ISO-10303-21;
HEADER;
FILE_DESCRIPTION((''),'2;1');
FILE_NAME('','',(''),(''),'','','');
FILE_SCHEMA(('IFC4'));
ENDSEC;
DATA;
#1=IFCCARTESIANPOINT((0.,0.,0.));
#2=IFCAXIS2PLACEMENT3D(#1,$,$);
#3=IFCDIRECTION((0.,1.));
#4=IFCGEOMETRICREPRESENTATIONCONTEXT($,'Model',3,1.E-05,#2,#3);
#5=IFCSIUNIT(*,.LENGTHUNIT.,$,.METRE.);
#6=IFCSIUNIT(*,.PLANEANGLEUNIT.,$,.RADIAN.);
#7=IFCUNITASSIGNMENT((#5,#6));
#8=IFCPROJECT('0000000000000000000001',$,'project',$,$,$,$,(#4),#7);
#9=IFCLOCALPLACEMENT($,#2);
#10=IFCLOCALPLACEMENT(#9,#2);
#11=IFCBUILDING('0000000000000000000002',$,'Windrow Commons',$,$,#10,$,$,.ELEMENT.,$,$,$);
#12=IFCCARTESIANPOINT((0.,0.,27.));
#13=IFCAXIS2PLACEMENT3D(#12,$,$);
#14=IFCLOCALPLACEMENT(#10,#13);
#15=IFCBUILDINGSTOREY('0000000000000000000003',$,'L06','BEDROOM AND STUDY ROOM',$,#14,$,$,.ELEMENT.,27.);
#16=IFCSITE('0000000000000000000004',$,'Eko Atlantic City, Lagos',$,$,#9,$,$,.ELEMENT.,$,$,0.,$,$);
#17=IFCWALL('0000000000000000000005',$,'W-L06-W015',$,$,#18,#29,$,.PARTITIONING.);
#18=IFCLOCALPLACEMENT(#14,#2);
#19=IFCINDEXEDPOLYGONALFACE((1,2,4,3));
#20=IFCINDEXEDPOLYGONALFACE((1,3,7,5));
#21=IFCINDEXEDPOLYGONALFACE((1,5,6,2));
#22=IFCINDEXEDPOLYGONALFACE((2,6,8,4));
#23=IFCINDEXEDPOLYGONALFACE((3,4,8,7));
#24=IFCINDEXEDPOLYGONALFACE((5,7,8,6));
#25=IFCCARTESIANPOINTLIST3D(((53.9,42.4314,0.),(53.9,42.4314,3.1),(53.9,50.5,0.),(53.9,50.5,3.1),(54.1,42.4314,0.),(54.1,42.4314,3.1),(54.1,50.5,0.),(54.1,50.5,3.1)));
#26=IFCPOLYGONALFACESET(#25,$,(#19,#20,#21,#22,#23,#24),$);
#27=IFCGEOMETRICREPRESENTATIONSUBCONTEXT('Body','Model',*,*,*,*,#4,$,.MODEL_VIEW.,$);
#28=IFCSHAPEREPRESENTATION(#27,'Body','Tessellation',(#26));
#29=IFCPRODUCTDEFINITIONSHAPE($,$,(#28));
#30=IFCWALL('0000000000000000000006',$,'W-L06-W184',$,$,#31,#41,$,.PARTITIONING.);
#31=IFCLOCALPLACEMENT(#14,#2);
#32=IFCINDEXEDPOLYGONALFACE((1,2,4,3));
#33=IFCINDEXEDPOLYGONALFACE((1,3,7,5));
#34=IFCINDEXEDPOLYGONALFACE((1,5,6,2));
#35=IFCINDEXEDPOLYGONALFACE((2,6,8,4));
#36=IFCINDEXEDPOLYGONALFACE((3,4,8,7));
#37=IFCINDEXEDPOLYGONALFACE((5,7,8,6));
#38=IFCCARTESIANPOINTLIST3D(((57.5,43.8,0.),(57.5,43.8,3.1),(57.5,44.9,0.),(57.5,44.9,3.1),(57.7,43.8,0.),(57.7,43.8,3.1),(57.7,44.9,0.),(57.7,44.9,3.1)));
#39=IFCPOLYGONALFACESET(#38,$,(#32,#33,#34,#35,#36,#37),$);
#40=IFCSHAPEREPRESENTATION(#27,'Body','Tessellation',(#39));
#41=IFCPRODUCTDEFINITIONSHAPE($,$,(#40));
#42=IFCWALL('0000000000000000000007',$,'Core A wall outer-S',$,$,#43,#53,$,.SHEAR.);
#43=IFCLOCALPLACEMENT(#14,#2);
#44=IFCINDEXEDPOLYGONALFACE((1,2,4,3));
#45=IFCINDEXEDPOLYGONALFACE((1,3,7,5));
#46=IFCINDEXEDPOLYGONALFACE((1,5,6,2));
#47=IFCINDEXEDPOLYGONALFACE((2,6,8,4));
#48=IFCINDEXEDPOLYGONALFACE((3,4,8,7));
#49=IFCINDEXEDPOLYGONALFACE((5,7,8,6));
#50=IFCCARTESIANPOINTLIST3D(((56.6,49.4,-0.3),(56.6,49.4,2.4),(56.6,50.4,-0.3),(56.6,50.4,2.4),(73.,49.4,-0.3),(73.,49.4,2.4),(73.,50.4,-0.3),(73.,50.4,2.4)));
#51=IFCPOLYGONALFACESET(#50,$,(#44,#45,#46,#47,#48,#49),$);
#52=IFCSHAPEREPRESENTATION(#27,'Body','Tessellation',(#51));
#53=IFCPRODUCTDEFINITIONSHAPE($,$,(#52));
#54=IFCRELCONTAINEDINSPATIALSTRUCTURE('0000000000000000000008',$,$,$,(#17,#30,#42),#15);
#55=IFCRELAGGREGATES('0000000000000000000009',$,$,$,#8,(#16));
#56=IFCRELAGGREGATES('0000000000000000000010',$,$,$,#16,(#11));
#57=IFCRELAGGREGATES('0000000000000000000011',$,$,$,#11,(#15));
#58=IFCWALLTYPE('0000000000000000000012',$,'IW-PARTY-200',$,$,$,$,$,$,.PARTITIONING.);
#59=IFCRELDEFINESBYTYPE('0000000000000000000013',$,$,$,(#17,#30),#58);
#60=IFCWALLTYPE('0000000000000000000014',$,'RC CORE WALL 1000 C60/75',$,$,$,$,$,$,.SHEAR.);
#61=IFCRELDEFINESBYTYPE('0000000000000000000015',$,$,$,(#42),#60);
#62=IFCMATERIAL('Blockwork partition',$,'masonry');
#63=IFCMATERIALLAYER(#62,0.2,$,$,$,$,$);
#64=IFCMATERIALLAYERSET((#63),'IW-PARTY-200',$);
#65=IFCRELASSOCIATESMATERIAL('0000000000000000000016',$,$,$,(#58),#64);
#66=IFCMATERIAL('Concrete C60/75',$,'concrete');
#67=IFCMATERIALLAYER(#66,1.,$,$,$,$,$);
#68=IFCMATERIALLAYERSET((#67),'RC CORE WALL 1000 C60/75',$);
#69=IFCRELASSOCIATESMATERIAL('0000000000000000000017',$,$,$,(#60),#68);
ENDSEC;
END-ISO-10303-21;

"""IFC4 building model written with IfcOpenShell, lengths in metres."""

from ifc_helpers import new_model, si_unit, direction, frame, frame_2d, origin, place, context, subcontext, project, spatial, rectangle, extrude, material, layer, layer_set, type_object, element, save


model = new_model("IFC4")

# Units and contexts
model_context = context("Model", 3, precision=1e-05, world=origin(), true_north=direction((0.0, 1.0)))
body_context = subcontext(model_context, "Body", "Model", "MODEL_VIEW")
ifc_project = project(units=[si_unit("LENGTHUNIT", "METRE"), si_unit("PLANEANGLEUNIT", "RADIAN")], contexts=[model_context])

# Site, building, storey
site_placement = place(None, origin())
site = spatial("IfcSite", under=ifc_project, at=site_placement, Name="Eko Atlantic City, Lagos", CompositionType="ELEMENT", RefElevation=0.0)
building_placement = place(site_placement, origin())
building = spatial("IfcBuilding", under=site, at=building_placement, Name="Windrow Commons", CompositionType="ELEMENT")
storey_placement = place(building_placement, frame((0.0, 0.0, 27.0)))
storey = spatial("IfcBuildingStorey", under=building, at=storey_placement, Name="L06", Description="BEDROOM AND STUDY ROOM", CompositionType="ELEMENT", Elevation=27.0)

# Walls
ifc_material_1 = material(Name="Blockwork partition", Category="masonry")
ifc_layer_1 = layer(ifc_material_1, 0.2)
ifc_layer_set_1 = layer_set([ifc_layer_1], Name="IW-PARTY-200")
wall_type_1 = type_object("IfcWallType", Name="IW-PARTY-200", PredefinedType="PARTITIONING", material=ifc_layer_set_1)
wall_1_placement = place(storey_placement, frame((54.0, 42.4314, 0.0), z_axis=(0.0, 0.0, 1.0), x_axis=(0.0, 1.0, 0.0)))
element("IfcWall", 1, at=wall_1_placement, inside=storey, type_object=wall_type_1, Name="W-L06-W015", PredefinedType="PARTITIONING", context=body_context, shape_type="SweptSolid", body=[
    extrude(rectangle(XDim=8.0686, YDim=0.2, at=frame_2d((4.0343, 0.0))), origin(), (0.0, 0.0, 1.0), 3.1),
])
wall_2_placement = place(storey_placement, frame((57.6, 43.8, 0.0), z_axis=(0.0, 0.0, 1.0), x_axis=(0.0, 1.0, 0.0)))
element("IfcWall", 2, at=wall_2_placement, inside=storey, type_object=wall_type_1, Name="W-L06-W184", PredefinedType="PARTITIONING", context=body_context, shape_type="SweptSolid", body=[
    extrude(rectangle(XDim=1.1, YDim=0.2, at=frame_2d((0.55, 0.0))), origin(), (0.0, 0.0, 1.0), 3.1),
])
ifc_material_2 = material(Name="Concrete C60/75", Category="concrete")
ifc_layer_2 = layer(ifc_material_2, 1.0)
ifc_layer_set_2 = layer_set([ifc_layer_2], Name="RC CORE WALL 1000 C60/75")
wall_type_2 = type_object("IfcWallType", Name="RC CORE WALL 1000 C60/75", PredefinedType="SHEAR", material=ifc_layer_set_2)
wall_3_placement = place(storey_placement, frame((56.6, 49.9, -0.3), z_axis=(0.0, 0.0, 1.0), x_axis=(1.0, 0.0, 0.0)))
element("IfcWall", 3, at=wall_3_placement, inside=storey, type_object=wall_type_2, Name="Core A wall outer-S", PredefinedType="SHEAR", context=body_context, shape_type="SweptSolid", body=[
    extrude(rectangle(XDim=16.4, YDim=1.0, at=frame_2d((8.2, 0.0))), origin(), (0.0, 0.0, 1.0), 2.7),
])

save(model, "model.ifc")
